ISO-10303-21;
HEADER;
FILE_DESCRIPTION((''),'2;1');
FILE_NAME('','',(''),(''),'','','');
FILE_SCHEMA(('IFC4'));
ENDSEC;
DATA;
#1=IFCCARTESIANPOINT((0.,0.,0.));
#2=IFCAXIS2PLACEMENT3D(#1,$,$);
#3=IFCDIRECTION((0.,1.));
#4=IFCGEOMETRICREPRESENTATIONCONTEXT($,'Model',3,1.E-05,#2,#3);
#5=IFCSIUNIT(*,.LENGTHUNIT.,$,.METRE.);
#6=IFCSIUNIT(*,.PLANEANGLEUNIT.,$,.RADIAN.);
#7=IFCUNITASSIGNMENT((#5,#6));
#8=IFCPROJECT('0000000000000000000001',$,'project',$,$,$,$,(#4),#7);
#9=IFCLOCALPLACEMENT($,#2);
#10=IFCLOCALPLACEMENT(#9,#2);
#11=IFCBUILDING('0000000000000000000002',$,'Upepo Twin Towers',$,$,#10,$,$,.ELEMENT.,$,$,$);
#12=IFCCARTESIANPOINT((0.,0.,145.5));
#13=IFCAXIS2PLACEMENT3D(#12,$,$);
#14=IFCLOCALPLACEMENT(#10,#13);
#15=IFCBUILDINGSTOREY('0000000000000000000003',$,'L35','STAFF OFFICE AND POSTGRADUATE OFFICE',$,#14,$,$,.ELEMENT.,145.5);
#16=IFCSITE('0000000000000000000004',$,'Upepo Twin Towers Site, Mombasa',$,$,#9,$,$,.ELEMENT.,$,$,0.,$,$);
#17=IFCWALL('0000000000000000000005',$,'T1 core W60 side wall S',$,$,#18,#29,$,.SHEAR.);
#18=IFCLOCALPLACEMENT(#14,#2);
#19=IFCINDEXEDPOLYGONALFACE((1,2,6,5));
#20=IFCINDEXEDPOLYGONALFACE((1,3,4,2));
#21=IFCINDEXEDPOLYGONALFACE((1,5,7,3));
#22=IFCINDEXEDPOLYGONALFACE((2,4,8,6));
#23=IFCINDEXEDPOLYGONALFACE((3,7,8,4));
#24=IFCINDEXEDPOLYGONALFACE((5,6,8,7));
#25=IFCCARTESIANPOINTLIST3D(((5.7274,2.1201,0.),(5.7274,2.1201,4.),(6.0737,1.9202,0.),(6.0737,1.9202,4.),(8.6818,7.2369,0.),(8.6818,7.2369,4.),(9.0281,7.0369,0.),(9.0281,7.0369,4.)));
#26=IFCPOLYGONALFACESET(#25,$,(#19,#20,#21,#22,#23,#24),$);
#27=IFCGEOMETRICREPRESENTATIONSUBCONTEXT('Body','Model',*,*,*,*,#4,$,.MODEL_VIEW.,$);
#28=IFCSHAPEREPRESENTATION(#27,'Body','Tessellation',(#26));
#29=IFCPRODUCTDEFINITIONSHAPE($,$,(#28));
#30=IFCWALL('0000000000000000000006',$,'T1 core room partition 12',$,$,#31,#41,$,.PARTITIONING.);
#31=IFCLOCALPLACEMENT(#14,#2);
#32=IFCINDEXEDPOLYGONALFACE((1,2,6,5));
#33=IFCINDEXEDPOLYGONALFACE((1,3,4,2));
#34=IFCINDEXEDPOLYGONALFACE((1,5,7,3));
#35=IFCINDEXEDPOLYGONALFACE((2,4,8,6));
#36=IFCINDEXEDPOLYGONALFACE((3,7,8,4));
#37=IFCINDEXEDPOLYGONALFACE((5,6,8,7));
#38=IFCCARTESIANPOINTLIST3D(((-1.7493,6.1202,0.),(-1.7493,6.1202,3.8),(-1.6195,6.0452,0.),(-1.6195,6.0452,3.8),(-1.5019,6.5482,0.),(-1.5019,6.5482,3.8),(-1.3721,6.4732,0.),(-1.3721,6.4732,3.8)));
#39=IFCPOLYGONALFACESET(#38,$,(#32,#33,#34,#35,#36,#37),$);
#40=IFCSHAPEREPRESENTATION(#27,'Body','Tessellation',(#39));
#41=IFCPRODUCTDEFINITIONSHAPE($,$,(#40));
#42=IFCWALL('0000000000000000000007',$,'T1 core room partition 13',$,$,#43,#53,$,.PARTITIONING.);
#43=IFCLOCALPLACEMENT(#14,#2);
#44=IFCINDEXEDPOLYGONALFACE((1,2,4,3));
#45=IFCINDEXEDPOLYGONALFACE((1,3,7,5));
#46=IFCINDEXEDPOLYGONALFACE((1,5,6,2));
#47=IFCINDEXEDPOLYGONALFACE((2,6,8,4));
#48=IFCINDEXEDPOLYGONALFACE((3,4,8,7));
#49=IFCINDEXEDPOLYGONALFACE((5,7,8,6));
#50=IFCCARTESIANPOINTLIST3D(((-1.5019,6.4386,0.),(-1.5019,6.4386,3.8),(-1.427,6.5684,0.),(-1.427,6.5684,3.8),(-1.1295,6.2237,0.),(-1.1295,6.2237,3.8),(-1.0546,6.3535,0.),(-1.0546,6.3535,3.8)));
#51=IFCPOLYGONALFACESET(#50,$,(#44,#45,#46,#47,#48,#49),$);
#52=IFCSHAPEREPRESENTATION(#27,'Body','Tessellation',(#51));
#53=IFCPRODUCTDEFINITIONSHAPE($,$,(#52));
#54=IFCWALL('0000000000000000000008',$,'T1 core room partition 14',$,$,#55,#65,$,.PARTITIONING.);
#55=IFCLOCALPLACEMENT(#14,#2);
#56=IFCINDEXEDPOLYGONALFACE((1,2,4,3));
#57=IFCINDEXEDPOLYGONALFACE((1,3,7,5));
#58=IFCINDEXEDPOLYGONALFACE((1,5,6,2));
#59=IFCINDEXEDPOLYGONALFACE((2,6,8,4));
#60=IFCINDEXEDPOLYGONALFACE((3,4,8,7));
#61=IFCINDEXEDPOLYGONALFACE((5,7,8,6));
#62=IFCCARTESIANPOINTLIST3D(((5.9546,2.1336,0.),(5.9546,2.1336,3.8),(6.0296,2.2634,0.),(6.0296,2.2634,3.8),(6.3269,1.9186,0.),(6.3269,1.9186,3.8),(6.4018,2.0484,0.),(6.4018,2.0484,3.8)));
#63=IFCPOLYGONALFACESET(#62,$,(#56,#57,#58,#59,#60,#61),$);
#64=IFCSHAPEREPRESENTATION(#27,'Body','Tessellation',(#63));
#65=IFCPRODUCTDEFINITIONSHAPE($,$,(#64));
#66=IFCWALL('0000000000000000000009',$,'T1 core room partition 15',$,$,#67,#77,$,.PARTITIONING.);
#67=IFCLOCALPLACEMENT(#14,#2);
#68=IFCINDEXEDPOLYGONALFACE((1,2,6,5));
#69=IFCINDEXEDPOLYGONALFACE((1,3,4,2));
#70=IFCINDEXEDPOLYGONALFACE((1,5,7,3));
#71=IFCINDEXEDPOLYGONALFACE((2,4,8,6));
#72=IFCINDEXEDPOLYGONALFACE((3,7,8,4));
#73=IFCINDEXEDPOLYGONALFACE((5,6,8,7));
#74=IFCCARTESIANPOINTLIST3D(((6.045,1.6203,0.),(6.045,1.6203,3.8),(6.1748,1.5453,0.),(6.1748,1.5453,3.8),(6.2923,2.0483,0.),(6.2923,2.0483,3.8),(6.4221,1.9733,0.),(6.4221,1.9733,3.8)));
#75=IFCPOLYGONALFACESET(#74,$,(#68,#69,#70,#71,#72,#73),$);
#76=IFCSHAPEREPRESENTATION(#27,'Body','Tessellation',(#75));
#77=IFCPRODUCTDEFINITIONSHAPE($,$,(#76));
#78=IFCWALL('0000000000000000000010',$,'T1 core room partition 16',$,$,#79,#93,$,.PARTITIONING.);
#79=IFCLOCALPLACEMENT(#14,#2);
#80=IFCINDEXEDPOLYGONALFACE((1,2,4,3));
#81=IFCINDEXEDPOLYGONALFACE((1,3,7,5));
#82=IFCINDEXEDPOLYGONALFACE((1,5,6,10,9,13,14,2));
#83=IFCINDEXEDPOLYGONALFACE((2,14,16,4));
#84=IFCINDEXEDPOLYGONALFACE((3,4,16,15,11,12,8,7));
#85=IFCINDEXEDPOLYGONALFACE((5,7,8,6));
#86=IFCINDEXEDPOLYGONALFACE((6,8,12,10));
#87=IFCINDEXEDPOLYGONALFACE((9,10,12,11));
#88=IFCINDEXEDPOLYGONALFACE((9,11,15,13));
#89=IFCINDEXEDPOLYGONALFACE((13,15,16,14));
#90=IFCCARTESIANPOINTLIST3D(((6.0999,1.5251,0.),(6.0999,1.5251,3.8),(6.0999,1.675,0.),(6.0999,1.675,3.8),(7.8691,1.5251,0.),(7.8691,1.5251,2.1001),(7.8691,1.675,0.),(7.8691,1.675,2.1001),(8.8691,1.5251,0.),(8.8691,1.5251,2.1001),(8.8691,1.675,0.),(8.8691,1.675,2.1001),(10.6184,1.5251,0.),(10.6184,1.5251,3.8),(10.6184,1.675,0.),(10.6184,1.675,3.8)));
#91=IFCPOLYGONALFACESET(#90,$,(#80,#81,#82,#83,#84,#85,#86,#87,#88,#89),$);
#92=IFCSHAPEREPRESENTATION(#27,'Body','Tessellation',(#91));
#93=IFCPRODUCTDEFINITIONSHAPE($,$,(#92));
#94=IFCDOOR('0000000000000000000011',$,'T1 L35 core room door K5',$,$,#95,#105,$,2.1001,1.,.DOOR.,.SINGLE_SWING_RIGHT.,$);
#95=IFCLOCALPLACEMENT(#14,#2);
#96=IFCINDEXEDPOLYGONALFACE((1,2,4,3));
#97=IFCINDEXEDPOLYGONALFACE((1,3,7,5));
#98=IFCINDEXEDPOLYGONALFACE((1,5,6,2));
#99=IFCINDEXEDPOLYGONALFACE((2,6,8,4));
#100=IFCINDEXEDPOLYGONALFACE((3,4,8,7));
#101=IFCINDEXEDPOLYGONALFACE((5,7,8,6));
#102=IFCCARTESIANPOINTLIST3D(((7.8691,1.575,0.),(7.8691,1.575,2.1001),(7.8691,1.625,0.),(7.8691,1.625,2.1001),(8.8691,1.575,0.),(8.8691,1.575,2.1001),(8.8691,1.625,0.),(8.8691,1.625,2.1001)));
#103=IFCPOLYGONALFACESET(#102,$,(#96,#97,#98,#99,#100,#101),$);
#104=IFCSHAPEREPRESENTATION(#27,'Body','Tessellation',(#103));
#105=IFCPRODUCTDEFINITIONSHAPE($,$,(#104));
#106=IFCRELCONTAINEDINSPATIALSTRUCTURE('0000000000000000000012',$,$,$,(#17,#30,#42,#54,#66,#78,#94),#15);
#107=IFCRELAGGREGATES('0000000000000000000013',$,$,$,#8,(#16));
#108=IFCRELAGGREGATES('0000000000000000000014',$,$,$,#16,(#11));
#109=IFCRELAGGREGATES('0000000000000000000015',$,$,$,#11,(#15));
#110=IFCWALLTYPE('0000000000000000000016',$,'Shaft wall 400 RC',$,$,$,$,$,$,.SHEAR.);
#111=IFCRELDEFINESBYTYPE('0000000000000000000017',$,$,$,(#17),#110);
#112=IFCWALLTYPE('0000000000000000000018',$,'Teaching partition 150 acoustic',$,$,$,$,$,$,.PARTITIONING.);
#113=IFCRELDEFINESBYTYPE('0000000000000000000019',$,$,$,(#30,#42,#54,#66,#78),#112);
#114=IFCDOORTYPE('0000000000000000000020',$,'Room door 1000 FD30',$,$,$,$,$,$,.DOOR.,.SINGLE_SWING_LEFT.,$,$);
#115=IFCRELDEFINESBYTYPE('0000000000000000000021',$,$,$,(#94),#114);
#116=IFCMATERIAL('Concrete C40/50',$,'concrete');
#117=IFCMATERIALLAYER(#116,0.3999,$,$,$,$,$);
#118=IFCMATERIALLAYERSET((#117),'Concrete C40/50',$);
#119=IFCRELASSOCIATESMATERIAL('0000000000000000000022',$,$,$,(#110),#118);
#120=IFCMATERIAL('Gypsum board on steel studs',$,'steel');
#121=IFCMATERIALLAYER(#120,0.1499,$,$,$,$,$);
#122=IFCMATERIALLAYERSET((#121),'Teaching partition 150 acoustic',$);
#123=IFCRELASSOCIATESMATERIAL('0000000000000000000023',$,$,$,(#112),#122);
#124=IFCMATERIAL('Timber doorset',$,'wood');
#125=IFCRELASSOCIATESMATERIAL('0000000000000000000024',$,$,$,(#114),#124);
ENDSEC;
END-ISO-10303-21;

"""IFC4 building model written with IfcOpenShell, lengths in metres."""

from ifc_helpers import new_model, si_unit, direction, frame, frame_2d, origin, place, context, subcontext, project, spatial, rectangle, extrude, material, layer, layer_set, type_object, element, fill, save


model = new_model("IFC4")

# Units and contexts
model_context = context("Model", 3, precision=1e-05, world=origin(), true_north=direction((0.0, 1.0)))
body_context = subcontext(model_context, "Body", "Model", "MODEL_VIEW")
ifc_project = project(units=[si_unit("LENGTHUNIT", "METRE"), si_unit("PLANEANGLEUNIT", "RADIAN")], contexts=[model_context])

# Site, building, storey
site_placement = place(None, origin())
site = spatial("IfcSite", under=ifc_project, at=site_placement, Name="Upepo Twin Towers Site, Mombasa", CompositionType="ELEMENT", RefElevation=0.0)
building_placement = place(site_placement, origin())
building = spatial("IfcBuilding", under=site, at=building_placement, Name="Upepo Twin Towers", CompositionType="ELEMENT")
storey_placement = place(building_placement, frame((0.0, 0.0, 145.5)))
storey = spatial("IfcBuildingStorey", under=building, at=storey_placement, Name="L35", Description="STAFF OFFICE AND POSTGRADUATE OFFICE", CompositionType="ELEMENT", Elevation=145.5)

# Walls
ifc_material_1 = material(Name="Concrete C40/50", Category="concrete")
ifc_layer_1 = layer(ifc_material_1, 0.3999)
ifc_layer_set_1 = layer_set([ifc_layer_1], Name="Concrete C40/50")
wall_type_1 = type_object("IfcWallType", Name="Shaft wall 400 RC", PredefinedType="SHEAR", material=ifc_layer_set_1)
wall_1_placement = place(storey_placement, frame((5.9006, 2.0203, 0.0), z_axis=(0.0, 0.0, 1.0), x_axis=(0.500028, 0.866009, 0.0)))
element("IfcWall", 1, at=wall_1_placement, inside=storey, type_object=wall_type_1, Name="T1 core W60 side wall S", PredefinedType="SHEAR", context=body_context, shape_type="SweptSolid", body=[
    extrude(rectangle(XDim=5.9084, YDim=0.3999, at=frame_2d((2.9541, 0.0))), origin(), (0.0, 0.0, 1.0), 4.0),
])
ifc_material_2 = material(Name="Gypsum board on steel studs", Category="steel")
ifc_layer_2 = layer(ifc_material_2, 0.1499)
ifc_layer_set_2 = layer_set([ifc_layer_2], Name="Teaching partition 150 acoustic")
wall_type_2 = type_object("IfcWallType", Name="Teaching partition 150 acoustic", PredefinedType="PARTITIONING", material=ifc_layer_set_2)
wall_2_placement = place(storey_placement, frame((-1.6843, 6.0828, 0.0), z_axis=(0.0, 0.0, 1.0), x_axis=(0.500335, 0.865832, 0.0)))
element("IfcWall", 2, at=wall_2_placement, inside=storey, type_object=wall_type_2, Name="T1 core room partition 12", PredefinedType="PARTITIONING", context=body_context, shape_type="SweptSolid", body=[
    extrude(rectangle(XDim=0.4944, YDim=0.1499, at=frame_2d((0.2471, 0.0))), origin(), (0.0, 0.0, 1.0), 3.8),
])
for number, where, z_axis, x_axis, name in (
    (3, (-1.4644, 6.5034, 0.0), (0.0, 0.0, 1.0), (0.866138, -0.499804, 0.0), "T1 core room partition 13"),
    (4, (5.9922, 2.1985, 0.0), (0.0, 0.0, 1.0), (0.865892, -0.50023, 0.0), "T1 core room partition 14"),
):
    element("IfcWall", number, at=place(storey_placement, frame(where, z_axis=z_axis, x_axis=x_axis)), inside=storey, type_object=wall_type_2, Name=name, PredefinedType="PARTITIONING", context=body_context, shape_type="SweptSolid", body=[
        extrude(rectangle(XDim=0.4299, YDim=0.1499, at=frame_2d((0.2148, 0.0))), origin(), (0.0, 0.0, 1.0), 3.8),
    ])
wall_3_placement = place(storey_placement, frame((6.3572, 2.0107, 0.0), z_axis=(0.0, 0.0, 1.0), x_axis=(-0.500335, -0.865832, 0.0)))
element("IfcWall", 5, at=wall_3_placement, inside=storey, type_object=wall_type_2, Name="T1 core room partition 15", PredefinedType="PARTITIONING", context=body_context, shape_type="SweptSolid", body=[
    extrude(rectangle(XDim=0.4944, YDim=0.1499, at=frame_2d((0.2471, 0.0))), origin(), (0.0, 0.0, 1.0), 3.8),
])

# Wall, opening, door
wall_4_placement = place(storey_placement, frame((6.0999, 1.6001, 0.0), z_axis=(0.0, 0.0, 1.0), x_axis=(1.0, 0.0, 0.0)))
wall_4 = element("IfcWall", 6, at=wall_4_placement, inside=storey, type_object=wall_type_2, Name="T1 core room partition 16", PredefinedType="PARTITIONING", context=body_context, shape_type="SweptSolid", body=[
    extrude(rectangle(XDim=4.5186, YDim=0.1499, at=frame_2d((2.2593, 0.0))), origin(), (0.0, 0.0, 1.0), 3.8),
])
opening_1_placement = place(wall_4_placement, frame((1.7693, 0.0, 0.0)))
opening_1 = element("IfcOpeningElement", 7, at=opening_1_placement, cuts=wall_4, PredefinedType="OPENING", context=body_context, shape_type="SweptSolid", body=[
    extrude(rectangle(XDim=1.0, YDim=2.1001, at=frame_2d((0.5, 1.05))), frame((0.0, 0.085, 0.0), z_axis=(0.0, -1.0, 0.0), x_axis=(1.0, 0.0, 0.0)), (0.0, 0.0, 1.0), 0.1699),
])
ifc_material_3 = material(Name="Timber doorset", Category="wood")
door_type_1 = type_object("IfcDoorType", Name="Room door 1000 FD30", OperationType="SINGLE_SWING_LEFT", PredefinedType="DOOR", material=ifc_material_3)
door_1_placement = place(opening_1_placement, origin())
door_1 = element("IfcDoor", 8, at=door_1_placement, inside=storey, type_object=door_type_1, Name="T1 L35 core room door K5", OperationType="SINGLE_SWING_RIGHT", OverallHeight=2.1001, OverallWidth=1.0, PredefinedType="DOOR", context=body_context, shape_type="SweptSolid", body=[
    extrude(rectangle(XDim=1.0, YDim=2.1001, at=frame_2d((0.5, 1.05))), frame((0.0, 0.0249, 0.0), z_axis=(0.0, -1.0, 0.0), x_axis=(1.0, 0.0, 0.0)), (0.0, 0.0, 1.0), 0.05),
])
fill(opening_1, door_1)

save(model, "model.ifc")
